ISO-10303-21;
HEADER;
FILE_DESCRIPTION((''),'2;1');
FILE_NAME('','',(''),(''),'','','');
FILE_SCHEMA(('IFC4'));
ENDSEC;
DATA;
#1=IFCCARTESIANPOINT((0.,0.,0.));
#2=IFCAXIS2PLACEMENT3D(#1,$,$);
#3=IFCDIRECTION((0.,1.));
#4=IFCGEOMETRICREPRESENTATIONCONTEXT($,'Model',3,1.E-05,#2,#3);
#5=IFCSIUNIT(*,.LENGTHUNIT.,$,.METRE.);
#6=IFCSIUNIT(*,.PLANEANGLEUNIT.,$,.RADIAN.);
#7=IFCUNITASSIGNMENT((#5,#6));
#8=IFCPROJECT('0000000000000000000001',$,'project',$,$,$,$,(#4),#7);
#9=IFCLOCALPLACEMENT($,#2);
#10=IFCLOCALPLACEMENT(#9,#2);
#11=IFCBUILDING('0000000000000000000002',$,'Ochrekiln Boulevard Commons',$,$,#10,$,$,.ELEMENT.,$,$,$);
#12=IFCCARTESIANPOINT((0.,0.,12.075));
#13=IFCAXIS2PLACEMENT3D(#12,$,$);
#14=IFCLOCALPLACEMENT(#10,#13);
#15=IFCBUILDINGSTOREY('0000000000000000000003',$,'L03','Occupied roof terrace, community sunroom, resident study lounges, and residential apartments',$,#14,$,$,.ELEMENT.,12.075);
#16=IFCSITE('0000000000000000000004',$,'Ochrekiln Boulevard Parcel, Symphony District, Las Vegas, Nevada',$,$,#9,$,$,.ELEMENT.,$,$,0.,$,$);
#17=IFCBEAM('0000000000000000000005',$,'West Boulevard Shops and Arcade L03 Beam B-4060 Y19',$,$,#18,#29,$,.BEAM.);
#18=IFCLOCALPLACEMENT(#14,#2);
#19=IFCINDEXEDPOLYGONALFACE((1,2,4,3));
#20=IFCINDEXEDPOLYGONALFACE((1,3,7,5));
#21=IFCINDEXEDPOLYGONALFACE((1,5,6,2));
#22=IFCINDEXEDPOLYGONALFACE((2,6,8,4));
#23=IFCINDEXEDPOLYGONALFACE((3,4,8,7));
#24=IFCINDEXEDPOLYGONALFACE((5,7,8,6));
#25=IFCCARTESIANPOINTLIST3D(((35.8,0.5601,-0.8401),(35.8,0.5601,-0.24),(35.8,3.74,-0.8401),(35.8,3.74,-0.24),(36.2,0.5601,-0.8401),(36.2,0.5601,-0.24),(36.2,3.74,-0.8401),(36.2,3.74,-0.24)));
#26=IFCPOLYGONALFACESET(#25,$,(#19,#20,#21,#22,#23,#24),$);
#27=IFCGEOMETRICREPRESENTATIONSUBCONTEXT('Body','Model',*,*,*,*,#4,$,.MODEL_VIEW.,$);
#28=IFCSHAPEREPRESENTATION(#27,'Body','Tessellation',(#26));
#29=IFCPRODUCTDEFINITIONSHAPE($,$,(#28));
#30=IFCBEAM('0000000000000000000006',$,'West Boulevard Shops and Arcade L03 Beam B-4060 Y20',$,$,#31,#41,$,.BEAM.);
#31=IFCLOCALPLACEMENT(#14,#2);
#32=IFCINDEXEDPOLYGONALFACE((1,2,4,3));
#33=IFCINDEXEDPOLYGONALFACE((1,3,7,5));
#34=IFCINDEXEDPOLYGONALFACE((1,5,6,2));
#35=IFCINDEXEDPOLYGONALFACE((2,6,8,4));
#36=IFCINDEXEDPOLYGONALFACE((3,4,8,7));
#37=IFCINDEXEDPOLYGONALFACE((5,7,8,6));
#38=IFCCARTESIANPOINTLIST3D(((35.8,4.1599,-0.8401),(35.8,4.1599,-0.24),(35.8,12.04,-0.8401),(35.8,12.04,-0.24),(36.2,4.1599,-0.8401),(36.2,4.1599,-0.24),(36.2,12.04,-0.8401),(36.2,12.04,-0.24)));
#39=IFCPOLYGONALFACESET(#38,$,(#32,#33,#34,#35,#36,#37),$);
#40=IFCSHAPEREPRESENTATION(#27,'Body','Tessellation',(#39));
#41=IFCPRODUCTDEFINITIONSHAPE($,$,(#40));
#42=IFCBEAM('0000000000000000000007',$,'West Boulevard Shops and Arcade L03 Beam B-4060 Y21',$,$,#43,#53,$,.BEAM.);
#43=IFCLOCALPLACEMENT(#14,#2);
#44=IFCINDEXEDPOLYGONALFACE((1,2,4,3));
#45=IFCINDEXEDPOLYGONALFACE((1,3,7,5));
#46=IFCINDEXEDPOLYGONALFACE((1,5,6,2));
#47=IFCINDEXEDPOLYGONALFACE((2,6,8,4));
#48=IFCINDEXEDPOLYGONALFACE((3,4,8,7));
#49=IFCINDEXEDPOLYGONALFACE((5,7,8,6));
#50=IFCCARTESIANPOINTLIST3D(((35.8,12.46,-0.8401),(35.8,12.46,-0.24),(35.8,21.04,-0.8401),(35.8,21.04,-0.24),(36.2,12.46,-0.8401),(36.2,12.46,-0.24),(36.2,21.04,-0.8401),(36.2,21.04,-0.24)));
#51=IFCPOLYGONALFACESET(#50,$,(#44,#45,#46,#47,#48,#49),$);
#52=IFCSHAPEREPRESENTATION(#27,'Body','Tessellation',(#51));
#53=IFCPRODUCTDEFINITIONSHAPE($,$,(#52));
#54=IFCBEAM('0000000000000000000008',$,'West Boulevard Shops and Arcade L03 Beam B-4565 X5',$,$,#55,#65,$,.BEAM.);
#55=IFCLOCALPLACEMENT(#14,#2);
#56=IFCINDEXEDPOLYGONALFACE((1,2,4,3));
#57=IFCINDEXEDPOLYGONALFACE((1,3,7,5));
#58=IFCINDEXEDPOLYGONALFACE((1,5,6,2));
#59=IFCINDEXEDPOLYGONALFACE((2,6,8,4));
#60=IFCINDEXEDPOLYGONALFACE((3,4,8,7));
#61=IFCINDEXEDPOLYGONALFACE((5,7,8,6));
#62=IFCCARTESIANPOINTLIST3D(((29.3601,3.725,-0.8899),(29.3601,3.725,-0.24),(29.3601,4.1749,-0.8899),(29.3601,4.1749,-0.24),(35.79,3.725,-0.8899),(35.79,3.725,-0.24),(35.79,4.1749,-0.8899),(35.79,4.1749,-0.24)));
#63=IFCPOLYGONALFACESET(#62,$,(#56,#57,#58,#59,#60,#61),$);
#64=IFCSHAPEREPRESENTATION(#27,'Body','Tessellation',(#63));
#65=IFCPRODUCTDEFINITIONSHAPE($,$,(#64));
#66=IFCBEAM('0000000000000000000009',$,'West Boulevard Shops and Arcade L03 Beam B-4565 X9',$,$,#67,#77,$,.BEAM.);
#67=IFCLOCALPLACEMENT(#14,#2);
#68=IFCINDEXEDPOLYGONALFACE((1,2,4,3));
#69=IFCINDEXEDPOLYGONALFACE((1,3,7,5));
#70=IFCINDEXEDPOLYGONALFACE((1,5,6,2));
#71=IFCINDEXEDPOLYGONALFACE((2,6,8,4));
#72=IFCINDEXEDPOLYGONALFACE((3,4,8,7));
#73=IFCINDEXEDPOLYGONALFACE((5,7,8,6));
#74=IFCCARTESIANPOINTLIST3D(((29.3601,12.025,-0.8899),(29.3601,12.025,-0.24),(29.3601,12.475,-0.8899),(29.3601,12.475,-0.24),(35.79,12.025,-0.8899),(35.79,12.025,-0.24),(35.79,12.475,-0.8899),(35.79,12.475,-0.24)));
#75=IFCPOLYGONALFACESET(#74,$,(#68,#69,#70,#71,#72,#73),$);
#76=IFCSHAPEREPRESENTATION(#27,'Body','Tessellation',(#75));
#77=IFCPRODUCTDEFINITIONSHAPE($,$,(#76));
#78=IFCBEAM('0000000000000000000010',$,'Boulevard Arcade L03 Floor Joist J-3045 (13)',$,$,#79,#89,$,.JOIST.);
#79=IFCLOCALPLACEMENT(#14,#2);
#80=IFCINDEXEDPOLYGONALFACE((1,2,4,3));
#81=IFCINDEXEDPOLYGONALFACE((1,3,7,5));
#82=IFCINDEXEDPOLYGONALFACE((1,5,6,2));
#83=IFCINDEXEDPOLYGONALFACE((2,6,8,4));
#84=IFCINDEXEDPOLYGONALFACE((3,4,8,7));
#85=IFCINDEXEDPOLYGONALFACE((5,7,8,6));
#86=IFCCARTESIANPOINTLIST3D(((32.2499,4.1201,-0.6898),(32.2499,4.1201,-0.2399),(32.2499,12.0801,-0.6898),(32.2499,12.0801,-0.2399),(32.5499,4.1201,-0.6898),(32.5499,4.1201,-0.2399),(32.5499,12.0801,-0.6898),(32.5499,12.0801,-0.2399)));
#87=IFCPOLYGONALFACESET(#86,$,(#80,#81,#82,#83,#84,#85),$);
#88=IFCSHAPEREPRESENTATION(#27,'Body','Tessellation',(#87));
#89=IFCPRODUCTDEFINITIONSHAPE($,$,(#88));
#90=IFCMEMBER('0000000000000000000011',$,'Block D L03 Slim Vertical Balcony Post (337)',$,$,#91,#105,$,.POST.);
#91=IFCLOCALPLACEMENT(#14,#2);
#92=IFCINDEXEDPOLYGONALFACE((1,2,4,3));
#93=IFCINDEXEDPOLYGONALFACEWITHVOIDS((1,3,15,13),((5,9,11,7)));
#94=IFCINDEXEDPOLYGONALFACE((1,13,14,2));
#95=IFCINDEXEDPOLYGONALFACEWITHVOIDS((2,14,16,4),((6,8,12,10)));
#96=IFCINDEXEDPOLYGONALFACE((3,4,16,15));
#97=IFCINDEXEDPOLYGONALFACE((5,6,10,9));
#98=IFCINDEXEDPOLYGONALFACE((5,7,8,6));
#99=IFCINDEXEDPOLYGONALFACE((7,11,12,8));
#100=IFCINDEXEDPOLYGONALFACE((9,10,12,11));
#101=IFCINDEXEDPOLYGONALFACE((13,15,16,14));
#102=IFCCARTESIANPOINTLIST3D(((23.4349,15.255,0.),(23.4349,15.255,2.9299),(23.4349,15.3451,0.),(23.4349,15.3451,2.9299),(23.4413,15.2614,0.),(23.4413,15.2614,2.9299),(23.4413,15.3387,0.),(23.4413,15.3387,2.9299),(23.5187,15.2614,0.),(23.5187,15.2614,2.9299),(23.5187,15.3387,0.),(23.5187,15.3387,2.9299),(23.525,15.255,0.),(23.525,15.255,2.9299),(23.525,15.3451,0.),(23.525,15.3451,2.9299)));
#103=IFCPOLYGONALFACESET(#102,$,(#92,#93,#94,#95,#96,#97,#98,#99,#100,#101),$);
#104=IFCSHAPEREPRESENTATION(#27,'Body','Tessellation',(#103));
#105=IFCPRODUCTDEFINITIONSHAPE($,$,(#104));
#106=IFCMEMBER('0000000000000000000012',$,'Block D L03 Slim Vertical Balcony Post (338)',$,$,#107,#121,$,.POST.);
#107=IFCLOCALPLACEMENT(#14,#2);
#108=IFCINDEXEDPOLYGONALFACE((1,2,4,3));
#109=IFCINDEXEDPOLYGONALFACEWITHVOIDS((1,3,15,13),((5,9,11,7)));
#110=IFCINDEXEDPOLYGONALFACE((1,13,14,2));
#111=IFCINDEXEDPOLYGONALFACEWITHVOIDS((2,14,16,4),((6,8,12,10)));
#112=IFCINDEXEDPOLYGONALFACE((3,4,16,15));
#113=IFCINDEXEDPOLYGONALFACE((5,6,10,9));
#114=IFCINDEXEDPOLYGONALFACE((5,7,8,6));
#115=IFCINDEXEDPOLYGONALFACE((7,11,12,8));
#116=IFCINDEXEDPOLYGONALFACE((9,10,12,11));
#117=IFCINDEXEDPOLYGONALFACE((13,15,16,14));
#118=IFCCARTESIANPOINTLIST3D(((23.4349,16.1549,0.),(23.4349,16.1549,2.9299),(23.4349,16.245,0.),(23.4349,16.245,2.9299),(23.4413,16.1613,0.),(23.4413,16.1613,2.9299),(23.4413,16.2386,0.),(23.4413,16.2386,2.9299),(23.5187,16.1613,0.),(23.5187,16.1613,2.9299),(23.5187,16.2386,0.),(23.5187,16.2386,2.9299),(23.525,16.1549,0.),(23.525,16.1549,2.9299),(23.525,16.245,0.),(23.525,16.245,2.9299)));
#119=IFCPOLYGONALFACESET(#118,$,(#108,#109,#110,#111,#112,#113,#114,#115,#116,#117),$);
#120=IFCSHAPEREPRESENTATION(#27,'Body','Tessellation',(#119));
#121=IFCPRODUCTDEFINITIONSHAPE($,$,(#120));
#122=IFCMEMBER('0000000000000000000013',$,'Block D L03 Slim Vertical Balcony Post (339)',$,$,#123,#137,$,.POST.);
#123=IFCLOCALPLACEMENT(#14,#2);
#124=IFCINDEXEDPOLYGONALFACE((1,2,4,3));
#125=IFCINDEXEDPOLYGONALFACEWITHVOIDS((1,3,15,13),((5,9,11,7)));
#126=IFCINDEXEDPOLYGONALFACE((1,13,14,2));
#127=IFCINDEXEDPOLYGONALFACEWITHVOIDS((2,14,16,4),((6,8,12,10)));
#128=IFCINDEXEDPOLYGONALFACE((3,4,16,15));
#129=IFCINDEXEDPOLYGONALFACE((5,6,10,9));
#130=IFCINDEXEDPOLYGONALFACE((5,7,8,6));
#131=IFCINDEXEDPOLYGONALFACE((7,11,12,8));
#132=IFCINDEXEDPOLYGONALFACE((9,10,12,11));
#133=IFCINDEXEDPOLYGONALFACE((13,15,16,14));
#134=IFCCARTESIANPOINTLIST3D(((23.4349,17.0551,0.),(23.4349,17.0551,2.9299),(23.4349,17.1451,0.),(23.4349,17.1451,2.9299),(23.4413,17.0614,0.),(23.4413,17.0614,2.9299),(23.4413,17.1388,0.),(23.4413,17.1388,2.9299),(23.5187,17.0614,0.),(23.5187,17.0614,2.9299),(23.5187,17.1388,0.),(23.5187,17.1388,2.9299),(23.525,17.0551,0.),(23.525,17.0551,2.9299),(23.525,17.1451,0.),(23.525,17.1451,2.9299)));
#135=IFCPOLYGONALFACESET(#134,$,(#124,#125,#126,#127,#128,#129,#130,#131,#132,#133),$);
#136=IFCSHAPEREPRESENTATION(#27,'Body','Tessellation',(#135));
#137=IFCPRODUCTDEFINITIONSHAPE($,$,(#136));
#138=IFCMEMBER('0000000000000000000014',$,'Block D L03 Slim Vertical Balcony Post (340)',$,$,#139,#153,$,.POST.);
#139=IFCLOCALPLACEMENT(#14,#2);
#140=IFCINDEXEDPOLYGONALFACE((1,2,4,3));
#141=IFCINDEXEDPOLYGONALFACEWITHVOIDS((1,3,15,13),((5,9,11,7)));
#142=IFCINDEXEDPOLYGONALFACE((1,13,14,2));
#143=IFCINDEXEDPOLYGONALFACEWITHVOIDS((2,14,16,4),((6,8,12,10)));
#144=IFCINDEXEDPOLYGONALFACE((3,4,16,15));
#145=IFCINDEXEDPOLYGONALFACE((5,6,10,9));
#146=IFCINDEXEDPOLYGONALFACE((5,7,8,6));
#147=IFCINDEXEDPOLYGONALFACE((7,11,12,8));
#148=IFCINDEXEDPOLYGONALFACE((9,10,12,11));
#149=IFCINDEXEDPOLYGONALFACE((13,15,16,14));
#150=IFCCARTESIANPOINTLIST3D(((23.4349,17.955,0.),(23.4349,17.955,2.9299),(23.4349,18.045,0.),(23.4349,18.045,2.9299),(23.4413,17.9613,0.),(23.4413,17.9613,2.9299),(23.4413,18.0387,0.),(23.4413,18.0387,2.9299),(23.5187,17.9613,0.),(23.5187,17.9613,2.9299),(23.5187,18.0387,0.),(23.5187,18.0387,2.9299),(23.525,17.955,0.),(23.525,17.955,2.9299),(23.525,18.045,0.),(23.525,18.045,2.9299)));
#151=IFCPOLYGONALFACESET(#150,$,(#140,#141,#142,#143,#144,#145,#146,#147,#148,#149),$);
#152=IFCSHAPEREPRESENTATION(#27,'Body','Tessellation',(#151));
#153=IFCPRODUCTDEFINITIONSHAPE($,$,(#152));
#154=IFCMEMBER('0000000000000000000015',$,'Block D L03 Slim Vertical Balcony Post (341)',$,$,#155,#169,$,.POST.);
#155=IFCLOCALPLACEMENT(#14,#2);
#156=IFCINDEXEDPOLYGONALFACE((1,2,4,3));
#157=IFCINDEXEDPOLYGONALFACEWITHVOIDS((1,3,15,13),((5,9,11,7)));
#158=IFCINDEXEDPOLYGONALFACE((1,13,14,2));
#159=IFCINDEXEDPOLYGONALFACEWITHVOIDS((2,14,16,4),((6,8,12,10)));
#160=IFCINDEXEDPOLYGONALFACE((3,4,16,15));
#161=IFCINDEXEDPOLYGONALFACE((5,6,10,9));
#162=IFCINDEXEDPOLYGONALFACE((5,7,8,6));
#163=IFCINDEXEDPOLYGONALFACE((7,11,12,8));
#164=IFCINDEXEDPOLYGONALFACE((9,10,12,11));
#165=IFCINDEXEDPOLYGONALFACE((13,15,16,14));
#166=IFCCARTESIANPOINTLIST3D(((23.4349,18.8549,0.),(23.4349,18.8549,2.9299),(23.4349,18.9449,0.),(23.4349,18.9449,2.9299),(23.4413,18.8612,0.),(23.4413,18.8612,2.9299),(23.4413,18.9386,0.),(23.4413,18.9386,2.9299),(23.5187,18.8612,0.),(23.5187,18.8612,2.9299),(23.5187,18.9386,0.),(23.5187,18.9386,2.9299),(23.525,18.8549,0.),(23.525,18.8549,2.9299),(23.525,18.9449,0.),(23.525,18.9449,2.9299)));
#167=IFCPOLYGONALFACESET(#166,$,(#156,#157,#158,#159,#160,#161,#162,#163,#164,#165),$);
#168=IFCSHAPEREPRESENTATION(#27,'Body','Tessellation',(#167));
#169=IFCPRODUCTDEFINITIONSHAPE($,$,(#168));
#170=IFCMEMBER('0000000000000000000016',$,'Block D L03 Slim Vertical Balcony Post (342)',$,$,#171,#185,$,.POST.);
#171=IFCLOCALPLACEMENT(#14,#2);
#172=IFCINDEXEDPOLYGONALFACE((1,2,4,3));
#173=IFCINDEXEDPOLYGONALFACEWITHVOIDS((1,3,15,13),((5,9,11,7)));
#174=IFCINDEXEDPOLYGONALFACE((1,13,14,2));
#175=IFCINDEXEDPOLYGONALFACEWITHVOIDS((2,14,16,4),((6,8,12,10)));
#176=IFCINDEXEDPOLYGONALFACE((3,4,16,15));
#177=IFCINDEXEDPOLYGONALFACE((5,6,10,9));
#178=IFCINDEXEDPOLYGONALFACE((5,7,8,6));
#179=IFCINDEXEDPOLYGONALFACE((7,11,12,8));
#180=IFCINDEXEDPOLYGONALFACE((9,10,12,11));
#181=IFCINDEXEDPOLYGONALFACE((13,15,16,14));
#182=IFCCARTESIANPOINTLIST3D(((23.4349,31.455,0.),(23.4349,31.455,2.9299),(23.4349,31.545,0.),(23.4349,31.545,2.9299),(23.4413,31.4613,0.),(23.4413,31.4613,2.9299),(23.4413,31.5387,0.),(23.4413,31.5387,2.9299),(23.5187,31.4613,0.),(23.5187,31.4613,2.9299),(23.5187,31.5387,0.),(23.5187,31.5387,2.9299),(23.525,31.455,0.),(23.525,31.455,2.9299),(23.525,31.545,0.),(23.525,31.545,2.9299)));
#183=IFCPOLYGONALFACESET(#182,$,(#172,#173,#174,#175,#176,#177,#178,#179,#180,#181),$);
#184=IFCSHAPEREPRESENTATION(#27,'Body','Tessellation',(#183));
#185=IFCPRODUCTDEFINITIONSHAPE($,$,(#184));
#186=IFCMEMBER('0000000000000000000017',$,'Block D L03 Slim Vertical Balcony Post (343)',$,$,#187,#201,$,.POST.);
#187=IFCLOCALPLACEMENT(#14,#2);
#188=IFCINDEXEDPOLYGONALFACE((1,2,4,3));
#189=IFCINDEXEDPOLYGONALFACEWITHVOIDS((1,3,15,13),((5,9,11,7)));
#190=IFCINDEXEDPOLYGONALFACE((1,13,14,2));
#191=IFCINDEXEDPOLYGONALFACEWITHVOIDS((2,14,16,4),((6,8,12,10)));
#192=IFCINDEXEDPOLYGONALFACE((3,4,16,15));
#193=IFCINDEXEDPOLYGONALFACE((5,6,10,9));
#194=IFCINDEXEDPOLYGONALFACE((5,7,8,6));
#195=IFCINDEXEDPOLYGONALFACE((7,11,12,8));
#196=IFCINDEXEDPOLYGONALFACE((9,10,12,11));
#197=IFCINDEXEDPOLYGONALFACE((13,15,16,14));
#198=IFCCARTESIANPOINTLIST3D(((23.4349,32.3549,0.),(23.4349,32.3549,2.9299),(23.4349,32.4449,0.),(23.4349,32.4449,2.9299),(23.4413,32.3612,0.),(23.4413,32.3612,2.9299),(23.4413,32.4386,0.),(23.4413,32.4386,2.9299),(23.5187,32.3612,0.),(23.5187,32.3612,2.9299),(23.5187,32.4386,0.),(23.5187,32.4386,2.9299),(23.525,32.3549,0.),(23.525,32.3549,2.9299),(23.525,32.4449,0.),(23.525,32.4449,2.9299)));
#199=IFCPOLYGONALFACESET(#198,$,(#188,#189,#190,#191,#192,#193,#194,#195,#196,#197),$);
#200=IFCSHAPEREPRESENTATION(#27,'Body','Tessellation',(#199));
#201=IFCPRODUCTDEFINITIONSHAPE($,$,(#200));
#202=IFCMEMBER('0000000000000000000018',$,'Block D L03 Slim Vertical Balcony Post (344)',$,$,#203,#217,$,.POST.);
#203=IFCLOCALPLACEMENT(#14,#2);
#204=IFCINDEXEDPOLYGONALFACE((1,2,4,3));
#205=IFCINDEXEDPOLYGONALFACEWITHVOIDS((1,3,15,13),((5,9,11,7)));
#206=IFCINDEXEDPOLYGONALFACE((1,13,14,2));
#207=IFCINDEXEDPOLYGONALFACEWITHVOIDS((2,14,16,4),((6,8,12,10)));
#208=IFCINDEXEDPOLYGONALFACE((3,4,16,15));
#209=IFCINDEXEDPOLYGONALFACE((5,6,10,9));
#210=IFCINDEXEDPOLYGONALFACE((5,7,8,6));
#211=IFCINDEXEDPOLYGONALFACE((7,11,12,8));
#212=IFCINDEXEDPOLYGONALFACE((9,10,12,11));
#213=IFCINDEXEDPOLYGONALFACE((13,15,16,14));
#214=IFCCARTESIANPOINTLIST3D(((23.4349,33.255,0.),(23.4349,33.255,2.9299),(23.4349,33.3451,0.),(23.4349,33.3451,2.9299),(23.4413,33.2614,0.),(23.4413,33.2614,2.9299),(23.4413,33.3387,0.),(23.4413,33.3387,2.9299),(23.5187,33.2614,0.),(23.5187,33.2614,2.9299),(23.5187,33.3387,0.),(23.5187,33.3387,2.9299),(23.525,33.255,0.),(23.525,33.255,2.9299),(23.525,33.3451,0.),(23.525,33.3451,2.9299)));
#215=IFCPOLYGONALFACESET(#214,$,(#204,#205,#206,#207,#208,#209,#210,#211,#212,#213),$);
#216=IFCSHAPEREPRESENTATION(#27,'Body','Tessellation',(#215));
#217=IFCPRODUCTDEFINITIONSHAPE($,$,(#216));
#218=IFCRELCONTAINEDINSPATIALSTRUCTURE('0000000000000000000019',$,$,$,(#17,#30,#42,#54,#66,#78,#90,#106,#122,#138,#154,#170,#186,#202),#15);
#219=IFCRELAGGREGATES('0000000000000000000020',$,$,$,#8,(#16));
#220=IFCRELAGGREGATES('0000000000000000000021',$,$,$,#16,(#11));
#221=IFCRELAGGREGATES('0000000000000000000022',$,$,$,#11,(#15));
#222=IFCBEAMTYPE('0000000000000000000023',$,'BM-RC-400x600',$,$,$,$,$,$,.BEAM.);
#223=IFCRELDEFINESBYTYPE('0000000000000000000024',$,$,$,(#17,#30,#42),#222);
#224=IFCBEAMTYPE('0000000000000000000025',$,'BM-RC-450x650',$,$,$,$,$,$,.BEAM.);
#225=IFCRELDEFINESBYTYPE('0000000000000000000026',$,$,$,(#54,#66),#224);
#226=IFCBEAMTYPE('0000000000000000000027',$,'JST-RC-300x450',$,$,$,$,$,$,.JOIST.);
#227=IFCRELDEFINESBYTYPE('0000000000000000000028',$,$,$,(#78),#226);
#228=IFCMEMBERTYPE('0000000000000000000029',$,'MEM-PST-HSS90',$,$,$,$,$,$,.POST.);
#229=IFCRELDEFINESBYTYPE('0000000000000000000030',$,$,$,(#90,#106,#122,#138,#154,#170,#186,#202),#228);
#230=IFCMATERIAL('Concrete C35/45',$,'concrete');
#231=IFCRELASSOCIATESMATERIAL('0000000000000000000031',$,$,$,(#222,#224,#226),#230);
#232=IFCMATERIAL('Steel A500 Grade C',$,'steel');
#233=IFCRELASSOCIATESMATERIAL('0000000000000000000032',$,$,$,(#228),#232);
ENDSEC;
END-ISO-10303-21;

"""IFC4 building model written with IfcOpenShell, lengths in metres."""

from ifc_helpers import new_model, si_unit, direction, frame, origin, origin_2d, place, context, subcontext, project, spatial, rectangle, hollow_rectangle, extrude, material, material_profile, profile_set, type_object, element, save


model = new_model("IFC4")

# Units and contexts
model_context = context("Model", 3, precision=1e-05, world=origin(), true_north=direction((0.0, 1.0)))
body_context = subcontext(model_context, "Body", "Model", "MODEL_VIEW")
ifc_project = project(units=[si_unit("LENGTHUNIT", "METRE"), si_unit("PLANEANGLEUNIT", "RADIAN")], contexts=[model_context])

# Site, building, storey
site_placement = place(None, origin())
site = spatial("IfcSite", under=ifc_project, at=site_placement, Name="Ochrekiln Boulevard Parcel, Symphony District, Las Vegas, Nevada", CompositionType="ELEMENT", RefElevation=0.0)
building_placement = place(site_placement, origin())
building = spatial("IfcBuilding", under=site, at=building_placement, Name="Ochrekiln Boulevard Commons", CompositionType="ELEMENT")
storey_placement = place(building_placement, frame((0.0, 0.0, 12.075)))
storey = spatial("IfcBuildingStorey", under=building, at=storey_placement, Name="L03", Description="Occupied roof terrace, community sunroom, resident study lounges, and residential apartments", CompositionType="ELEMENT", Elevation=12.075)

# Beams
ifc_material_1 = material(Name="Concrete C35/45", Category="concrete")
ifc_material_profile_1 = material_profile(ifc_material_1, rectangle(XDim=0.3999, YDim=0.6001, at=origin_2d()), Name="RC-BM-400x600")
ifc_profile_set_1 = profile_set([ifc_material_profile_1], Name="Concrete C35/45")
beam_type_1 = type_object("IfcBeamType", Name="BM-RC-400x600", PredefinedType="BEAM", material=ifc_profile_set_1)
beam_1_placement = place(storey_placement, frame((36.0, 0.5601, -0.54), z_axis=(0.0, 1.0, 0.0), x_axis=(-1.0, 0.0, 0.0)))
element("IfcBeam", 1, at=beam_1_placement, inside=storey, type_object=beam_type_1, Name="West Boulevard Shops and Arcade L03 Beam B-4060 Y19", PredefinedType="BEAM", context=body_context, shape_type="SweptSolid", body=[
    extrude(rectangle(XDim=0.3999, YDim=0.6001, at=origin_2d()), origin(), (0.0, 0.0, 1.0), 3.1799),
])
beam_2_placement = place(storey_placement, frame((36.0, 4.1599, -0.54), z_axis=(0.0, 1.0, 0.0), x_axis=(-1.0, 0.0, 0.0)))
element("IfcBeam", 2, at=beam_2_placement, inside=storey, type_object=beam_type_1, Name="West Boulevard Shops and Arcade L03 Beam B-4060 Y20", PredefinedType="BEAM", context=body_context, shape_type="SweptSolid", body=[
    extrude(rectangle(XDim=0.3999, YDim=0.6001, at=origin_2d()), origin(), (0.0, 0.0, 1.0), 7.8801),
])
beam_3_placement = place(storey_placement, frame((36.0, 12.46, -0.54), z_axis=(0.0, 1.0, 0.0), x_axis=(-1.0, 0.0, 0.0)))
element("IfcBeam", 3, at=beam_3_placement, inside=storey, type_object=beam_type_1, Name="West Boulevard Shops and Arcade L03 Beam B-4060 Y21", PredefinedType="BEAM", context=body_context, shape_type="SweptSolid", body=[
    extrude(rectangle(XDim=0.3999, YDim=0.6001, at=origin_2d()), origin(), (0.0, 0.0, 1.0), 8.5801),
])
ifc_material_profile_2 = material_profile(ifc_material_1, rectangle(XDim=0.45, YDim=0.6499, at=origin_2d()), Name="RC-BM-450x650")
ifc_profile_set_2 = profile_set([ifc_material_profile_2], Name="Concrete C35/45")
beam_type_2 = type_object("IfcBeamType", Name="BM-RC-450x650", PredefinedType="BEAM", material=ifc_profile_set_2)
for number, where, z_axis, x_axis, name in (
    (4, (29.3601, 3.95, -0.5649), (1.0, 0.0, 0.0), (0.0, 1.0, 0.0), "West Boulevard Shops and Arcade L03 Beam B-4565 X5"),
    (5, (29.3601, 12.25, -0.5649), (1.0, 0.0, 0.0), (0.0, 1.0, 0.0), "West Boulevard Shops and Arcade L03 Beam B-4565 X9"),
):
    element("IfcBeam", number, at=place(storey_placement, frame(where, z_axis=z_axis, x_axis=x_axis)), inside=storey, type_object=beam_type_2, Name=name, PredefinedType="BEAM", context=body_context, shape_type="SweptSolid", body=[
        extrude(rectangle(XDim=0.45, YDim=0.6499, at=origin_2d()), origin(), (0.0, 0.0, 1.0), 6.4299),
    ])
ifc_material_profile_3 = material_profile(ifc_material_1, rectangle(XDim=0.3, YDim=0.45, at=origin_2d()), Name="RC-JST-300x450")
ifc_profile_set_3 = profile_set([ifc_material_profile_3], Name="Concrete C35/45")
beam_type_3 = type_object("IfcBeamType", Name="JST-RC-300x450", PredefinedType="JOIST", material=ifc_profile_set_3)
beam_4_placement = place(storey_placement, frame((32.3999, 4.1201, -0.4648), z_axis=(0.0, 1.0, 0.0), x_axis=(-1.0, 0.0, 0.0)))
element("IfcBeam", 6, at=beam_4_placement, inside=storey, type_object=beam_type_3, Name="Boulevard Arcade L03 Floor Joist J-3045 (13)", PredefinedType="JOIST", context=body_context, shape_type="SweptSolid", body=[
    extrude(rectangle(XDim=0.3, YDim=0.45, at=origin_2d()), origin(), (0.0, 0.0, 1.0), 7.96),
])

# Members
ifc_material_2 = material(Name="Steel A500 Grade C", Category="steel")
ifc_material_profile_4 = material_profile(ifc_material_2, hollow_rectangle(XDim=0.0901, YDim=0.0901, WallThickness=0.0063, at=origin_2d()), Name="HSS90X90X6.4")
ifc_profile_set_4 = profile_set([ifc_material_profile_4], Name="Steel A500 Grade C")
member_type = type_object("IfcMemberType", Name="MEM-PST-HSS90", PredefinedType="POST", material=ifc_profile_set_4)
for number, where, z_axis, x_axis, name in (
    (7, (23.48, 15.3, 0.0), (0.0, 0.0, 1.0), (1.0, 0.0, 0.0), "Block D L03 Slim Vertical Balcony Post (337)"),
    (8, (23.48, 16.2, 0.0), (0.0, 0.0, 1.0), (1.0, 0.0, 0.0), "Block D L03 Slim Vertical Balcony Post (338)"),
    (9, (23.48, 17.1001, 0.0), (0.0, 0.0, 1.0), (1.0, 0.0, 0.0), "Block D L03 Slim Vertical Balcony Post (339)"),
    (10, (23.48, 18.0, 0.0), (0.0, 0.0, 1.0), (1.0, 0.0, 0.0), "Block D L03 Slim Vertical Balcony Post (340)"),
    (11, (23.48, 18.8999, 0.0), (0.0, 0.0, 1.0), (1.0, 0.0, 0.0), "Block D L03 Slim Vertical Balcony Post (341)"),
    (12, (23.48, 31.5, 0.0), (0.0, 0.0, 1.0), (1.0, 0.0, 0.0), "Block D L03 Slim Vertical Balcony Post (342)"),
    (13, (23.48, 32.3999, 0.0), (0.0, 0.0, 1.0), (1.0, 0.0, 0.0), "Block D L03 Slim Vertical Balcony Post (343)"),
    (14, (23.48, 33.3, 0.0), (0.0, 0.0, 1.0), (1.0, 0.0, 0.0), "Block D L03 Slim Vertical Balcony Post (344)"),
):
    element("IfcMember", number, at=place(storey_placement, frame(where, z_axis=z_axis, x_axis=x_axis)), inside=storey, type_object=member_type, Name=name, PredefinedType="POST", context=body_context, shape_type="SweptSolid", body=[
        extrude(hollow_rectangle(XDim=0.0901, YDim=0.0901, WallThickness=0.0063, at=origin_2d()), origin(), (0.0, 0.0, 1.0), 2.9299),
    ])

save(model, "model.ifc")
